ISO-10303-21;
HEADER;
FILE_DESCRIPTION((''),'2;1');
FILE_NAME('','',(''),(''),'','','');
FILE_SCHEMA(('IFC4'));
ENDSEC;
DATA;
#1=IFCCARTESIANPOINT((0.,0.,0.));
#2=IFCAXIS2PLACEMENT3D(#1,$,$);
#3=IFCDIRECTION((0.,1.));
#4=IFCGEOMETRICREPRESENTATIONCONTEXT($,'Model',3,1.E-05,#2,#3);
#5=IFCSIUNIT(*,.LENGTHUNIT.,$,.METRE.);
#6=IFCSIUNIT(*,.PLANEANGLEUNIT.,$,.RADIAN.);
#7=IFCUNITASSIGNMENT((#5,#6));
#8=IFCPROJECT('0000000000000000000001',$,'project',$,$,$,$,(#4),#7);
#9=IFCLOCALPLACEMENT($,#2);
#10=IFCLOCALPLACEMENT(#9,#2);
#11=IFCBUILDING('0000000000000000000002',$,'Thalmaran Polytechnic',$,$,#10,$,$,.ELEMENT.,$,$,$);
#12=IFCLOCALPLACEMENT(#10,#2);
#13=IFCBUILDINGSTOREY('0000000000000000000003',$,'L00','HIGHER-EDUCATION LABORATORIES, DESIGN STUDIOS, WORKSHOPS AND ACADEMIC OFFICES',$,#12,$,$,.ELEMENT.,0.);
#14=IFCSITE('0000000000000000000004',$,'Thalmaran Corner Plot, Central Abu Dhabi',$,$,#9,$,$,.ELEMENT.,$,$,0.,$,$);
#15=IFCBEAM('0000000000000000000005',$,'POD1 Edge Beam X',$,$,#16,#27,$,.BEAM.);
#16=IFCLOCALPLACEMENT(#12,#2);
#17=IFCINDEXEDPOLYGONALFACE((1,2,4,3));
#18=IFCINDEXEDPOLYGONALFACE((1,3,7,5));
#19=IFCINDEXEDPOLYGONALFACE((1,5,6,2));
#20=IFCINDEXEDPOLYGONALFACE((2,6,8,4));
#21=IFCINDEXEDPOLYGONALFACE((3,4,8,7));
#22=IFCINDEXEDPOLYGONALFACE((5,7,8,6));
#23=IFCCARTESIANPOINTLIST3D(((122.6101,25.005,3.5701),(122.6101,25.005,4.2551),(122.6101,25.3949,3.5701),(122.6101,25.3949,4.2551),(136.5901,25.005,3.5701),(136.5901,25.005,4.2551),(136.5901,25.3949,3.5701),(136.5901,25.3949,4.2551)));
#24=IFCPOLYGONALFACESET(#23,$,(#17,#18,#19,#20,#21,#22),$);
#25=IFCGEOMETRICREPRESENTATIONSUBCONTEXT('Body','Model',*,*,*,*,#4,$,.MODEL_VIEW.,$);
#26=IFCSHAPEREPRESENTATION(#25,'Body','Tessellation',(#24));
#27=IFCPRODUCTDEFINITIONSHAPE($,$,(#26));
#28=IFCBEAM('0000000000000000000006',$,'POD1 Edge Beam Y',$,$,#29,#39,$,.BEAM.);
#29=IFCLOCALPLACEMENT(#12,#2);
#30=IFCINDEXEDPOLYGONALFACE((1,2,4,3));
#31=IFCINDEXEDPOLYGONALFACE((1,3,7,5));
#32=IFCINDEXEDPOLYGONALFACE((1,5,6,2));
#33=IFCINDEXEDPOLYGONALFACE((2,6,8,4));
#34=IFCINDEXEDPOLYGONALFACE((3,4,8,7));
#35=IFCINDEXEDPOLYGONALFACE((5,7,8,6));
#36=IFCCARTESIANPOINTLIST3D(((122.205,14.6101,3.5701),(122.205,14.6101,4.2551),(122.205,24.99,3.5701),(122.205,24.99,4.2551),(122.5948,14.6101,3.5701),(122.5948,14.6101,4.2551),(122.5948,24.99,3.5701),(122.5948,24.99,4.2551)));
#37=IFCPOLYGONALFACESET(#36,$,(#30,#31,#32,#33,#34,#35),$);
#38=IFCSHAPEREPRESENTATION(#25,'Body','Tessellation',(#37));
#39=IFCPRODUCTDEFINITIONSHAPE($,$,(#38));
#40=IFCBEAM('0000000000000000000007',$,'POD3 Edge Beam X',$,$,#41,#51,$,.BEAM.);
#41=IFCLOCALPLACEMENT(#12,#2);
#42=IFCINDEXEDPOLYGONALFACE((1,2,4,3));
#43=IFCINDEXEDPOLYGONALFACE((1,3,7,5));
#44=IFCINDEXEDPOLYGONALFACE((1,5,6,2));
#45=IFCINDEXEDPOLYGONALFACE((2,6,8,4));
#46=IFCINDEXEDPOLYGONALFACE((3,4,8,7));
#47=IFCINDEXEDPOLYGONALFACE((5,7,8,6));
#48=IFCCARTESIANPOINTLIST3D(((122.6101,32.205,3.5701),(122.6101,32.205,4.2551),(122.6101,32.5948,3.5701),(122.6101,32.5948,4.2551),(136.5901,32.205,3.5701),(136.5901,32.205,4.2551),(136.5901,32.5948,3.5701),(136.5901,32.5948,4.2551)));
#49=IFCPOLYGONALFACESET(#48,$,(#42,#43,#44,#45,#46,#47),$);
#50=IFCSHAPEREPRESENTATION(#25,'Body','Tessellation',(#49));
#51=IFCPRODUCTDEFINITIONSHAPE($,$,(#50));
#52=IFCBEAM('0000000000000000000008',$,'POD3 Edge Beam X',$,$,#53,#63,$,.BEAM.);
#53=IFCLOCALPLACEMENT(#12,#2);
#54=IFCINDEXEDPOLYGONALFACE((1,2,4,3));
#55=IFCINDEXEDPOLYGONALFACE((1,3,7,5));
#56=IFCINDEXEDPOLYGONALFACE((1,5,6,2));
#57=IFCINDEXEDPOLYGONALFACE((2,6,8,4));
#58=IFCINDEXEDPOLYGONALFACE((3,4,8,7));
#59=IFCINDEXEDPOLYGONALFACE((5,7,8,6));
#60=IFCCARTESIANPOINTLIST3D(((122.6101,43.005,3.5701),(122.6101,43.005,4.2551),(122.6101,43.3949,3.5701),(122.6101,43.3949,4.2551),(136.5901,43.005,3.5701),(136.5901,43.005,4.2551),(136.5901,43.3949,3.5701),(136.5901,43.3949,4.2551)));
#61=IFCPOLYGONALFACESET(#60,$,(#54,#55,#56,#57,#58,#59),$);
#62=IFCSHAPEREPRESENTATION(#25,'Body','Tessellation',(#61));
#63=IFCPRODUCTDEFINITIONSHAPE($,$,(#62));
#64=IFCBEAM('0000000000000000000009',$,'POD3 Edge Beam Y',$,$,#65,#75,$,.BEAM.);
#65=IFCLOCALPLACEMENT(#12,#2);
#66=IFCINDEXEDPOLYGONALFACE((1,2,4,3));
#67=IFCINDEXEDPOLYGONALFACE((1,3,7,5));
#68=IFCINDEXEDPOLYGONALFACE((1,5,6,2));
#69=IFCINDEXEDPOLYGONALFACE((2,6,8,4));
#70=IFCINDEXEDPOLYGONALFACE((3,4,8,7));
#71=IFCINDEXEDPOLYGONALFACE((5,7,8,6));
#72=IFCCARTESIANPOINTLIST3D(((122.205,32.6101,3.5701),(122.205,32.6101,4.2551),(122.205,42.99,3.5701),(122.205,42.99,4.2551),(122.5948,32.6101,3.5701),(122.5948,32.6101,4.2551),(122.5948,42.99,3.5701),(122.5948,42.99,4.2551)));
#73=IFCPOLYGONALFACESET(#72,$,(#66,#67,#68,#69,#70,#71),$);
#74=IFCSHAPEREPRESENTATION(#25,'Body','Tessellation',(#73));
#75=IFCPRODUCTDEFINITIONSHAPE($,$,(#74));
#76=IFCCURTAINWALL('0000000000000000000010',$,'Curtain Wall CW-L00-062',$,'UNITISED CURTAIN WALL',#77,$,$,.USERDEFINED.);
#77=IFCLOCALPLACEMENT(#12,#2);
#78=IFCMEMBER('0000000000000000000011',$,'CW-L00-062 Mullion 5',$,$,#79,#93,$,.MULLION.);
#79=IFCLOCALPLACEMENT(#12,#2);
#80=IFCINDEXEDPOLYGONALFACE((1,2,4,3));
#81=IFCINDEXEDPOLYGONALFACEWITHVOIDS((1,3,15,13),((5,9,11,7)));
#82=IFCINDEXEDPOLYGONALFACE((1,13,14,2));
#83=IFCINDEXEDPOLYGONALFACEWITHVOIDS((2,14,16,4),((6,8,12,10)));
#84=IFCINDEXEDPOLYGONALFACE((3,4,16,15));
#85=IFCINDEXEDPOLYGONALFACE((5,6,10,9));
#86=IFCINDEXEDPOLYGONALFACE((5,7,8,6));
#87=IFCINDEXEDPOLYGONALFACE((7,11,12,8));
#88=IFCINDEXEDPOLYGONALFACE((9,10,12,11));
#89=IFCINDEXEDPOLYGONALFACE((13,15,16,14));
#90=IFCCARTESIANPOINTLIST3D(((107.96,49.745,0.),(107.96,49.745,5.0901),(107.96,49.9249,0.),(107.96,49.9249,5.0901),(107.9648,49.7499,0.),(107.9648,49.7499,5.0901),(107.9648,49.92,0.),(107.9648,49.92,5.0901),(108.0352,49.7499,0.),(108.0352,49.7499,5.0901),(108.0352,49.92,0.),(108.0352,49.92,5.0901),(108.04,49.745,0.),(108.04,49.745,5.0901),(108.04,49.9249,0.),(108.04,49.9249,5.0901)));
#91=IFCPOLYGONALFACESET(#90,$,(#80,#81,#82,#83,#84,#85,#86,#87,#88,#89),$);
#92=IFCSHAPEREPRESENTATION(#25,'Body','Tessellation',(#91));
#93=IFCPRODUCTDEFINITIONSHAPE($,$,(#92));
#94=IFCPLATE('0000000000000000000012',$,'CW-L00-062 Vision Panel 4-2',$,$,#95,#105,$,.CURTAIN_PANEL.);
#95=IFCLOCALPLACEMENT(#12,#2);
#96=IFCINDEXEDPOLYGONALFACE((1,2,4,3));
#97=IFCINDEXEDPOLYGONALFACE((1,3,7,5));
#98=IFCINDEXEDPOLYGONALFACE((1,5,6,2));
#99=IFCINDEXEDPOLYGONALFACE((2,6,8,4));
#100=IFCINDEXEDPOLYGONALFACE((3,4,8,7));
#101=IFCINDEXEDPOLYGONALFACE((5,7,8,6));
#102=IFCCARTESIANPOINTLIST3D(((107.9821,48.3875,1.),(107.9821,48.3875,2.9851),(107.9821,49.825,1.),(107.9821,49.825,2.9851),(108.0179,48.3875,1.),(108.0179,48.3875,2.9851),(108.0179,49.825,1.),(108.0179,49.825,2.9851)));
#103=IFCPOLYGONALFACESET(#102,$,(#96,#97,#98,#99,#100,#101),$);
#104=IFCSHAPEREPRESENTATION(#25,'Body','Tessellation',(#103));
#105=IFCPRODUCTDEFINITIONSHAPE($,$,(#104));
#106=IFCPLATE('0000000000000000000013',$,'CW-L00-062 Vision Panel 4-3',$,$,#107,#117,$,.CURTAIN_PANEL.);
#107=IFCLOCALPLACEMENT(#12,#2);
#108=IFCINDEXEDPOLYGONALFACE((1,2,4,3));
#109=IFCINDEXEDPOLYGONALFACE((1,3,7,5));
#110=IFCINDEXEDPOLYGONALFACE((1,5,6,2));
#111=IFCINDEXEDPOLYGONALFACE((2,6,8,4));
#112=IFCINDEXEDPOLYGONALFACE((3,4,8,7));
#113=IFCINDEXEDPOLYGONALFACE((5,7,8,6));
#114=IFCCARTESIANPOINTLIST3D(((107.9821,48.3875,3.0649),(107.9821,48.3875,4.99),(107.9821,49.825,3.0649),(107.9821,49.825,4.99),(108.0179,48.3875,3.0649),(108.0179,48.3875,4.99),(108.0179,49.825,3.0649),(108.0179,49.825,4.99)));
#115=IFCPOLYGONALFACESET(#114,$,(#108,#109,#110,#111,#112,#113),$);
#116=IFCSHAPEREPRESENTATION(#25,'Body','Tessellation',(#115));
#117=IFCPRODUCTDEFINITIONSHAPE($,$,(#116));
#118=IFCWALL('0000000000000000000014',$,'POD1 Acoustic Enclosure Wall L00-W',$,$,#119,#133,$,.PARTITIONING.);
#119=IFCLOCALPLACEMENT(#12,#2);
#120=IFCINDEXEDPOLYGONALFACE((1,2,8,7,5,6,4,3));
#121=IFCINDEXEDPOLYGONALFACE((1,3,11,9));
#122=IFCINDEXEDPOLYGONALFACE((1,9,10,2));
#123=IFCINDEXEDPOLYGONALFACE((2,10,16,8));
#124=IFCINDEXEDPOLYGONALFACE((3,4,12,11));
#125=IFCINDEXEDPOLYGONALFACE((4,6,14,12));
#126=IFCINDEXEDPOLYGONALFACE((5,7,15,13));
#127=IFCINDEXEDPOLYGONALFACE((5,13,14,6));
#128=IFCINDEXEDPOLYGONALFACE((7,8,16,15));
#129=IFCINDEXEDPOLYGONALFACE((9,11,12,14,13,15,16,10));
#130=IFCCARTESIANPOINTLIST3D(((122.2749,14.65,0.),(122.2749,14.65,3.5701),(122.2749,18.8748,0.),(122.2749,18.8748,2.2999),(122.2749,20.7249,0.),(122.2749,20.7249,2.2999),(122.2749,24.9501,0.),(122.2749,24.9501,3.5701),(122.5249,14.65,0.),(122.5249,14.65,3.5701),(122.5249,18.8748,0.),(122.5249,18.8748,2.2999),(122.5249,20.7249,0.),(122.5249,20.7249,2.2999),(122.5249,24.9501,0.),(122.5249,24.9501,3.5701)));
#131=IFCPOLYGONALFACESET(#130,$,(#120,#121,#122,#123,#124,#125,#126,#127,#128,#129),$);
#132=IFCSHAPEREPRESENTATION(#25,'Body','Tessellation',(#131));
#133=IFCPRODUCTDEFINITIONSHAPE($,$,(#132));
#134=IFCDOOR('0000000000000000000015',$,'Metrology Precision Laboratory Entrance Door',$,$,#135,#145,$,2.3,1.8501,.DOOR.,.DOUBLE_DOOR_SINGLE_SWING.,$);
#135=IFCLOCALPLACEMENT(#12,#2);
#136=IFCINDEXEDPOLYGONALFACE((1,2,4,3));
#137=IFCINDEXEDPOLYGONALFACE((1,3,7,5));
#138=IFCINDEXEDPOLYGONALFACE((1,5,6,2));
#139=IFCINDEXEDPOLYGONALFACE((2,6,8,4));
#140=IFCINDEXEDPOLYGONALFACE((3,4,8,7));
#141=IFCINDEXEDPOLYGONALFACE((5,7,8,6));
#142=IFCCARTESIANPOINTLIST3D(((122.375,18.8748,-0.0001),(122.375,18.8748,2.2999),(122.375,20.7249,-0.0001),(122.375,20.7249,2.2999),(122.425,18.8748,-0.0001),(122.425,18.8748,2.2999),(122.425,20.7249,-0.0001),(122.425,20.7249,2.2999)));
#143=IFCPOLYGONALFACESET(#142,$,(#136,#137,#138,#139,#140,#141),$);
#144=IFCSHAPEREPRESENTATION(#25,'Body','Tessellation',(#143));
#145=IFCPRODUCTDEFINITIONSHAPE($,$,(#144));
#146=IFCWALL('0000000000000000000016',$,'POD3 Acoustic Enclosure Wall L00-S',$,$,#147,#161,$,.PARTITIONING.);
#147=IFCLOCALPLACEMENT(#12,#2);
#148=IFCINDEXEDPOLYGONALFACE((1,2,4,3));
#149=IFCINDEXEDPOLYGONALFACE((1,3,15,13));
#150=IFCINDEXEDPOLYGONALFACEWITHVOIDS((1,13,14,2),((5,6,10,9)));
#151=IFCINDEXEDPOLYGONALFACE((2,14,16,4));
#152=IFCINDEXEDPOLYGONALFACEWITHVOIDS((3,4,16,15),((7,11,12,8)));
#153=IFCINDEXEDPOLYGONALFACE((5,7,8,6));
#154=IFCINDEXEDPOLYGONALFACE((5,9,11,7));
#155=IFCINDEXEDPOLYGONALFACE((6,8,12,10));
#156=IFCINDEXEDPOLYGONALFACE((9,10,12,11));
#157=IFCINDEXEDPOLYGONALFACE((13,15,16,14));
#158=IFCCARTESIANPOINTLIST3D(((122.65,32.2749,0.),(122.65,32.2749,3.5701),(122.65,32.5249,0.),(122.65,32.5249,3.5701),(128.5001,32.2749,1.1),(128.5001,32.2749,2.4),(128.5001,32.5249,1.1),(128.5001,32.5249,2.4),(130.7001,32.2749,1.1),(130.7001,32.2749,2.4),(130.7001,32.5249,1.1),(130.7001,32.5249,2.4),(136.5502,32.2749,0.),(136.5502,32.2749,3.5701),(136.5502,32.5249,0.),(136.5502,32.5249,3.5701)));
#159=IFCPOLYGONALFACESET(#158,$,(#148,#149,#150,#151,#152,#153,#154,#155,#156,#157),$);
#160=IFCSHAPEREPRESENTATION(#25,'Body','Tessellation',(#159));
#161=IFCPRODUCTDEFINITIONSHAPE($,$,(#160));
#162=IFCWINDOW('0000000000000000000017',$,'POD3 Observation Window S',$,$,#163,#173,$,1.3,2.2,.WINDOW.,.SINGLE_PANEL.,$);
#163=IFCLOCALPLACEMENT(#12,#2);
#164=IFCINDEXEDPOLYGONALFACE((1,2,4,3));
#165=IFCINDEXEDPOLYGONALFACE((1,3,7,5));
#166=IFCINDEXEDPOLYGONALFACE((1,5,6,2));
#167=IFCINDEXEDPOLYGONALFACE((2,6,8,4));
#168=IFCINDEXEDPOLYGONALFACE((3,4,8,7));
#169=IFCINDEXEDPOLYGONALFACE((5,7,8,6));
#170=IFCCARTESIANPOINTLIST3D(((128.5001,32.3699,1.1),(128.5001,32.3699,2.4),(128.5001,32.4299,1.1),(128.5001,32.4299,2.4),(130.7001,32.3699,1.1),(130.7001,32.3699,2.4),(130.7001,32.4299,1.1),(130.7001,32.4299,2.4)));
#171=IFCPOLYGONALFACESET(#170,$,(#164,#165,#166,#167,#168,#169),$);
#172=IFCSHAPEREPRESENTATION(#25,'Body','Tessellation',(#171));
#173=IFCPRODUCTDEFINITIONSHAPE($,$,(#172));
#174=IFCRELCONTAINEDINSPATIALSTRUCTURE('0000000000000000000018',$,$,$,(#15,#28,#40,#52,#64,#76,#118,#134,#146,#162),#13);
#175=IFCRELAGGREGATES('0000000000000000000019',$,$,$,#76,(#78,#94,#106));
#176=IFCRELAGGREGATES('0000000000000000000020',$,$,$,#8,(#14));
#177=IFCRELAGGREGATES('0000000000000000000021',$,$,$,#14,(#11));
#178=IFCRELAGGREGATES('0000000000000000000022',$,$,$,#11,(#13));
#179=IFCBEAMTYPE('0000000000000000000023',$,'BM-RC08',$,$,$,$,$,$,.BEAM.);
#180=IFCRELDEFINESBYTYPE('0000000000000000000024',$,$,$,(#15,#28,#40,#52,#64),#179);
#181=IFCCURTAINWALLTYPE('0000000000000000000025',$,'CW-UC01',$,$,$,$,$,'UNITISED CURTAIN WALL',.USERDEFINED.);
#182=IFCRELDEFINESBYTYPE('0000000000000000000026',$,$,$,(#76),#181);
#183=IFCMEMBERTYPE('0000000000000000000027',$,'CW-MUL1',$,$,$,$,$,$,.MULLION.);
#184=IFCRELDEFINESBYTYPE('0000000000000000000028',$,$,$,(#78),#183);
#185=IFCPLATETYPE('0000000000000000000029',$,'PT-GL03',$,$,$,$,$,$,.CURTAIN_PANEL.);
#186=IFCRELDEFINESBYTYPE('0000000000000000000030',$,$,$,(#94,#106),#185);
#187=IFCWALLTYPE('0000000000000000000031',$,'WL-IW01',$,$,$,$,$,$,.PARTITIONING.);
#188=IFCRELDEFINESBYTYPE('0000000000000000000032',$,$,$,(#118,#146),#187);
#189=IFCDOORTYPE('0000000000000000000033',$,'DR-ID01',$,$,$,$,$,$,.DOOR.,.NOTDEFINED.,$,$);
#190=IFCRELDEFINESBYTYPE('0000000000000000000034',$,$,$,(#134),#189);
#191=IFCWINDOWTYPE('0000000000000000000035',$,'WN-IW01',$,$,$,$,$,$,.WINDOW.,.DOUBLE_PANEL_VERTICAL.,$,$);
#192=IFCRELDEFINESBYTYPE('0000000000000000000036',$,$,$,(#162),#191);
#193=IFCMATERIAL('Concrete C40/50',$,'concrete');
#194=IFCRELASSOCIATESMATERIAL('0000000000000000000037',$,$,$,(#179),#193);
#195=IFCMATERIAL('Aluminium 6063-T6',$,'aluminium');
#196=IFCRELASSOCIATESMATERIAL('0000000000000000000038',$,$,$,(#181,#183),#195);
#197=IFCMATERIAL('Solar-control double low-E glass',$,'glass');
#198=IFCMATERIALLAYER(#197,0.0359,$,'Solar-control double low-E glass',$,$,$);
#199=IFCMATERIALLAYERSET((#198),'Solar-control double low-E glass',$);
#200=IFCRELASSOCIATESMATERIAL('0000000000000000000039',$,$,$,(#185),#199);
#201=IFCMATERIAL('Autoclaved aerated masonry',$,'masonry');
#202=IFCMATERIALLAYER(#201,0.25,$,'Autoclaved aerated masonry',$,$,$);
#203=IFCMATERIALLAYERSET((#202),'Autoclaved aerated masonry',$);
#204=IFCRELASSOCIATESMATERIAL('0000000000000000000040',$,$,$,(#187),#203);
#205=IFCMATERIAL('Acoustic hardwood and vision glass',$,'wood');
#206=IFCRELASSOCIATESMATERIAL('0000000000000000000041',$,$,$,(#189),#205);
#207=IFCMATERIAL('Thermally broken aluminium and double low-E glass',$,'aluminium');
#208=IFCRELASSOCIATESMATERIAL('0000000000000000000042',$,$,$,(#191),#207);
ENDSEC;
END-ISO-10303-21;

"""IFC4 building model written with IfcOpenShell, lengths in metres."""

from ifc_helpers import new_model, si_unit, direction, frame, frame_2d, origin, origin_2d, place, context, subcontext, project, spatial, rectangle, hollow_rectangle, extrude, material, layer, layer_set, material_profile, profile_set, type_object, element, fill, aggregate, save


model = new_model("IFC4")

# Units and contexts
model_context = context("Model", 3, precision=1e-05, world=origin(), true_north=direction((0.0, 1.0)))
body_context = subcontext(model_context, "Body", "Model", "MODEL_VIEW")
ifc_project = project(units=[si_unit("LENGTHUNIT", "METRE"), si_unit("PLANEANGLEUNIT", "RADIAN")], contexts=[model_context])

# Site, building, storey
site_placement = place(None, origin())
site = spatial("IfcSite", under=ifc_project, at=site_placement, Name="Thalmaran Corner Plot, Central Abu Dhabi", CompositionType="ELEMENT", RefElevation=0.0)
building_placement = place(site_placement, origin())
building = spatial("IfcBuilding", under=site, at=building_placement, Name="Thalmaran Polytechnic", CompositionType="ELEMENT")
storey_placement = place(building_placement, origin())
storey = spatial("IfcBuildingStorey", under=building, at=storey_placement, Name="L00", Description="HIGHER-EDUCATION LABORATORIES, DESIGN STUDIOS, WORKSHOPS AND ACADEMIC OFFICES", CompositionType="ELEMENT", Elevation=0.0)

# Shared definitions
ifc_material_1 = material(Name="Concrete C40/50", Category="concrete")

# Beams
ifc_material_profile_1 = material_profile(ifc_material_1, rectangle(XDim=0.3899, YDim=0.6851, at=origin_2d()), Name="RC 390x685")
ifc_profile_set_1 = profile_set([ifc_material_profile_1], Name="Concrete C40/50")
beam_type_1 = type_object("IfcBeamType", Name="BM-RC08", PredefinedType="BEAM", material=ifc_profile_set_1)
beam_1_placement = place(storey_placement, frame((122.6101, 25.2, 3.9126), z_axis=(1.0, 0.0, 0.0), x_axis=(0.0, 1.0, 0.0)))
element("IfcBeam", 1, at=beam_1_placement, inside=storey, type_object=beam_type_1, Name="POD1 Edge Beam X", PredefinedType="BEAM", context=body_context, shape_type="SweptSolid", body=[
    extrude(rectangle(XDim=0.3899, YDim=0.6851, at=origin_2d()), origin(), (0.0, 0.0, 1.0), 13.98),
])
beam_2_placement = place(storey_placement, frame((122.3999, 14.6101, 3.9126), z_axis=(0.0, 1.0, 0.0), x_axis=(-1.0, 0.0, 0.0)))
element("IfcBeam", 2, at=beam_2_placement, inside=storey, type_object=beam_type_1, Name="POD1 Edge Beam Y", PredefinedType="BEAM", context=body_context, shape_type="SweptSolid", body=[
    extrude(rectangle(XDim=0.3899, YDim=0.6851, at=origin_2d()), origin(), (0.0, 0.0, 1.0), 10.3799),
])
for number, where, z_axis, x_axis, name in (
    (3, (122.6101, 32.3999, 3.9126), (1.0, 0.0, 0.0), (0.0, 1.0, 0.0), "POD3 Edge Beam X"),
    (4, (122.6101, 43.2, 3.9126), (1.0, 0.0, 0.0), (0.0, 1.0, 0.0), "POD3 Edge Beam X"),
):
    element("IfcBeam", number, at=place(storey_placement, frame(where, z_axis=z_axis, x_axis=x_axis)), inside=storey, type_object=beam_type_1, Name=name, PredefinedType="BEAM", context=body_context, shape_type="SweptSolid", body=[
        extrude(rectangle(XDim=0.3899, YDim=0.6851, at=origin_2d()), origin(), (0.0, 0.0, 1.0), 13.98),
    ])
beam_3_placement = place(storey_placement, frame((122.3999, 32.6101, 3.9126), z_axis=(0.0, 1.0, 0.0), x_axis=(-1.0, 0.0, 0.0)))
element("IfcBeam", 5, at=beam_3_placement, inside=storey, type_object=beam_type_1, Name="POD3 Edge Beam Y", PredefinedType="BEAM", context=body_context, shape_type="SweptSolid", body=[
    extrude(rectangle(XDim=0.3899, YDim=0.6851, at=origin_2d()), origin(), (0.0, 0.0, 1.0), 10.3799),
])

# Curtain wall, member, plates
ifc_material_2 = material(Name="Aluminium 6063-T6", Category="aluminium")
curtain_wall_type = type_object("IfcCurtainWallType", Name="CW-UC01", ElementType="UNITISED CURTAIN WALL", PredefinedType="USERDEFINED", material=ifc_material_2)
curtain_wall_placement = place(storey_placement, origin())
curtain_wall = element("IfcCurtainWall", 6, at=curtain_wall_placement, inside=storey, type_object=curtain_wall_type, Name="Curtain Wall CW-L00-062", ObjectType="UNITISED CURTAIN WALL", PredefinedType="USERDEFINED")
ifc_material_profile_2 = material_profile(ifc_material_2, hollow_rectangle(XDim=0.0801, YDim=0.1799, WallThickness=0.0049, at=origin_2d()), Name="RHS 180x80x5.0")
ifc_profile_set_2 = profile_set([ifc_material_profile_2], Name="Aluminium 6063-T6")
member_type = type_object("IfcMemberType", Name="CW-MUL1", PredefinedType="MULLION", material=ifc_profile_set_2)
member_placement = place(storey_placement, frame((108.0, 49.835, 0.0), z_axis=(0.0, 0.0, 1.0), x_axis=(1.0, 0.0, 0.0)))
member = element("IfcMember", 7, at=member_placement, type_object=member_type, Name="CW-L00-062 Mullion 5", PredefinedType="MULLION", context=body_context, shape_type="SweptSolid", body=[
    extrude(hollow_rectangle(XDim=0.0801, YDim=0.1799, WallThickness=0.0049, at=origin_2d()), origin(), (0.0, 0.0, 1.0), 5.0901),
])
ifc_material_3 = material(Name="Solar-control double low-E glass", Category="glass")
ifc_layer_1 = layer(ifc_material_3, 0.0359, Name="Solar-control double low-E glass")
ifc_layer_set_1 = layer_set([ifc_layer_1], Name="Solar-control double low-E glass")
plate_type = type_object("IfcPlateType", Name="PT-GL03", PredefinedType="CURTAIN_PANEL", material=ifc_layer_set_1)
plate_1_placement = place(storey_placement, frame((108.0, 49.1062, 1.0), z_axis=(0.0, 0.0, 1.0), x_axis=(0.0, 1.0, 0.0)))
plate_1 = element("IfcPlate", 8, at=plate_1_placement, type_object=plate_type, Name="CW-L00-062 Vision Panel 4-2", PredefinedType="CURTAIN_PANEL", context=body_context, shape_type="SweptSolid", body=[
    extrude(rectangle(XDim=1.4375, YDim=0.0359, at=origin_2d()), origin(), (0.0, 0.0, 1.0), 1.9851),
])
plate_2_placement = place(storey_placement, frame((108.0, 49.1062, 3.0649), z_axis=(0.0, 0.0, 1.0), x_axis=(0.0, 1.0, 0.0)))
plate_2 = element("IfcPlate", 9, at=plate_2_placement, type_object=plate_type, Name="CW-L00-062 Vision Panel 4-3", PredefinedType="CURTAIN_PANEL", context=body_context, shape_type="SweptSolid", body=[
    extrude(rectangle(XDim=1.4375, YDim=0.0359, at=origin_2d()), origin(), (0.0, 0.0, 1.0), 1.925),
])
aggregate(curtain_wall, [member, plate_1, plate_2])

# Wall, opening, door
ifc_material_4 = material(Name="Autoclaved aerated masonry", Category="masonry")
ifc_layer_2 = layer(ifc_material_4, 0.25, Name="Autoclaved aerated masonry")
ifc_layer_set_2 = layer_set([ifc_layer_2], Name="Autoclaved aerated masonry")
wall_type = type_object("IfcWallType", Name="WL-IW01", PredefinedType="PARTITIONING", material=ifc_layer_set_2)
wall_1_placement = place(storey_placement, frame((122.3999, 24.95, 0.0), z_axis=(0.0, 0.0, 1.0), x_axis=(0.0, -1.0, 0.0)))
wall_1 = element("IfcWall", 10, at=wall_1_placement, inside=storey, type_object=wall_type, Name="POD1 Acoustic Enclosure Wall L00-W", PredefinedType="PARTITIONING", context=body_context, shape_type="SweptSolid", body=[
    extrude(rectangle(XDim=10.3, YDim=0.25, at=frame_2d((5.1499, 0.0))), origin(), (0.0, 0.0, 1.0), 3.5701),
])
opening_1_placement = place(wall_1_placement, frame((4.2251, 0.0, 0.0)))
opening_1 = element("IfcOpeningElement", 11, at=opening_1_placement, cuts=wall_1, PredefinedType="OPENING", context=body_context, shape_type="SweptSolid", body=[
    extrude(rectangle(XDim=1.8501, YDim=2.3, at=frame_2d((0.925, 1.1499))), frame((0.0, 0.135, 0.0), z_axis=(0.0, -1.0, 0.0), x_axis=(1.0, 0.0, 0.0)), (0.0, 0.0, 1.0), 0.27),
])
ifc_material_5 = material(Name="Acoustic hardwood and vision glass", Category="wood")
door_type = type_object("IfcDoorType", Name="DR-ID01", OperationType="NOTDEFINED", PredefinedType="DOOR", material=ifc_material_5)
door_1_placement = place(opening_1_placement, frame((1.8501, 0.0, 0.0), z_axis=(0.0, 0.0, 1.0), x_axis=(-1.0, 0.0, 0.0)))
door_1 = element("IfcDoor", 12, at=door_1_placement, inside=storey, type_object=door_type, Name="Metrology Precision Laboratory Entrance Door", OperationType="DOUBLE_DOOR_SINGLE_SWING", OverallHeight=2.3, OverallWidth=1.8501, PredefinedType="DOOR", context=body_context, shape_type="SweptSolid", body=[
    extrude(rectangle(XDim=1.8501, YDim=2.3, at=frame_2d((0.925, 1.1499))), frame((0.0, 0.0249, 0.0), z_axis=(0.0, -1.0, 0.0), x_axis=(1.0, 0.0, 0.0)), (0.0, 0.0, 1.0), 0.05),
])
fill(opening_1, door_1)

# Wall, opening, window
wall_2_placement = place(storey_placement, frame((122.6499, 32.3999, 0.0), z_axis=(0.0, 0.0, 1.0), x_axis=(1.0, 0.0, 0.0)))
wall_2 = element("IfcWall", 13, at=wall_2_placement, inside=storey, type_object=wall_type, Name="POD3 Acoustic Enclosure Wall L00-S", PredefinedType="PARTITIONING", context=body_context, shape_type="SweptSolid", body=[
    extrude(rectangle(XDim=13.9001, YDim=0.25, at=frame_2d((6.9502, 0.0))), origin(), (0.0, 0.0, 1.0), 3.5701),
])
opening_2_placement = place(wall_2_placement, frame((5.8501, 0.0, 1.1001)))
opening_2 = element("IfcOpeningElement", 14, at=opening_2_placement, cuts=wall_2, PredefinedType="OPENING", context=body_context, shape_type="SweptSolid", body=[
    extrude(rectangle(XDim=2.2, YDim=1.3, at=frame_2d((1.1001, 0.6499))), frame((0.0, 0.135, 0.0), z_axis=(0.0, -1.0, 0.0), x_axis=(1.0, 0.0, 0.0)), (0.0, 0.0, 1.0), 0.27),
])
ifc_material_6 = material(Name="Thermally broken aluminium and double low-E glass", Category="aluminium")
window_type = type_object("IfcWindowType", Name="WN-IW01", PartitioningType="DOUBLE_PANEL_VERTICAL", PredefinedType="WINDOW", material=ifc_material_6)
window_placement = place(opening_2_placement, origin())
window = element("IfcWindow", 15, at=window_placement, inside=storey, type_object=window_type, Name="POD3 Observation Window S", OverallHeight=1.3, OverallWidth=2.2, PartitioningType="SINGLE_PANEL", PredefinedType="WINDOW", context=body_context, shape_type="SweptSolid", body=[
    extrude(rectangle(XDim=2.2, YDim=1.3, at=frame_2d((1.1001, 0.6499))), frame((0.0, 0.03, 0.0), z_axis=(0.0, -1.0, 0.0), x_axis=(1.0, 0.0, 0.0)), (0.0, 0.0, 1.0), 0.0601),
])
fill(opening_2, window)

save(model, "model.ifc")
